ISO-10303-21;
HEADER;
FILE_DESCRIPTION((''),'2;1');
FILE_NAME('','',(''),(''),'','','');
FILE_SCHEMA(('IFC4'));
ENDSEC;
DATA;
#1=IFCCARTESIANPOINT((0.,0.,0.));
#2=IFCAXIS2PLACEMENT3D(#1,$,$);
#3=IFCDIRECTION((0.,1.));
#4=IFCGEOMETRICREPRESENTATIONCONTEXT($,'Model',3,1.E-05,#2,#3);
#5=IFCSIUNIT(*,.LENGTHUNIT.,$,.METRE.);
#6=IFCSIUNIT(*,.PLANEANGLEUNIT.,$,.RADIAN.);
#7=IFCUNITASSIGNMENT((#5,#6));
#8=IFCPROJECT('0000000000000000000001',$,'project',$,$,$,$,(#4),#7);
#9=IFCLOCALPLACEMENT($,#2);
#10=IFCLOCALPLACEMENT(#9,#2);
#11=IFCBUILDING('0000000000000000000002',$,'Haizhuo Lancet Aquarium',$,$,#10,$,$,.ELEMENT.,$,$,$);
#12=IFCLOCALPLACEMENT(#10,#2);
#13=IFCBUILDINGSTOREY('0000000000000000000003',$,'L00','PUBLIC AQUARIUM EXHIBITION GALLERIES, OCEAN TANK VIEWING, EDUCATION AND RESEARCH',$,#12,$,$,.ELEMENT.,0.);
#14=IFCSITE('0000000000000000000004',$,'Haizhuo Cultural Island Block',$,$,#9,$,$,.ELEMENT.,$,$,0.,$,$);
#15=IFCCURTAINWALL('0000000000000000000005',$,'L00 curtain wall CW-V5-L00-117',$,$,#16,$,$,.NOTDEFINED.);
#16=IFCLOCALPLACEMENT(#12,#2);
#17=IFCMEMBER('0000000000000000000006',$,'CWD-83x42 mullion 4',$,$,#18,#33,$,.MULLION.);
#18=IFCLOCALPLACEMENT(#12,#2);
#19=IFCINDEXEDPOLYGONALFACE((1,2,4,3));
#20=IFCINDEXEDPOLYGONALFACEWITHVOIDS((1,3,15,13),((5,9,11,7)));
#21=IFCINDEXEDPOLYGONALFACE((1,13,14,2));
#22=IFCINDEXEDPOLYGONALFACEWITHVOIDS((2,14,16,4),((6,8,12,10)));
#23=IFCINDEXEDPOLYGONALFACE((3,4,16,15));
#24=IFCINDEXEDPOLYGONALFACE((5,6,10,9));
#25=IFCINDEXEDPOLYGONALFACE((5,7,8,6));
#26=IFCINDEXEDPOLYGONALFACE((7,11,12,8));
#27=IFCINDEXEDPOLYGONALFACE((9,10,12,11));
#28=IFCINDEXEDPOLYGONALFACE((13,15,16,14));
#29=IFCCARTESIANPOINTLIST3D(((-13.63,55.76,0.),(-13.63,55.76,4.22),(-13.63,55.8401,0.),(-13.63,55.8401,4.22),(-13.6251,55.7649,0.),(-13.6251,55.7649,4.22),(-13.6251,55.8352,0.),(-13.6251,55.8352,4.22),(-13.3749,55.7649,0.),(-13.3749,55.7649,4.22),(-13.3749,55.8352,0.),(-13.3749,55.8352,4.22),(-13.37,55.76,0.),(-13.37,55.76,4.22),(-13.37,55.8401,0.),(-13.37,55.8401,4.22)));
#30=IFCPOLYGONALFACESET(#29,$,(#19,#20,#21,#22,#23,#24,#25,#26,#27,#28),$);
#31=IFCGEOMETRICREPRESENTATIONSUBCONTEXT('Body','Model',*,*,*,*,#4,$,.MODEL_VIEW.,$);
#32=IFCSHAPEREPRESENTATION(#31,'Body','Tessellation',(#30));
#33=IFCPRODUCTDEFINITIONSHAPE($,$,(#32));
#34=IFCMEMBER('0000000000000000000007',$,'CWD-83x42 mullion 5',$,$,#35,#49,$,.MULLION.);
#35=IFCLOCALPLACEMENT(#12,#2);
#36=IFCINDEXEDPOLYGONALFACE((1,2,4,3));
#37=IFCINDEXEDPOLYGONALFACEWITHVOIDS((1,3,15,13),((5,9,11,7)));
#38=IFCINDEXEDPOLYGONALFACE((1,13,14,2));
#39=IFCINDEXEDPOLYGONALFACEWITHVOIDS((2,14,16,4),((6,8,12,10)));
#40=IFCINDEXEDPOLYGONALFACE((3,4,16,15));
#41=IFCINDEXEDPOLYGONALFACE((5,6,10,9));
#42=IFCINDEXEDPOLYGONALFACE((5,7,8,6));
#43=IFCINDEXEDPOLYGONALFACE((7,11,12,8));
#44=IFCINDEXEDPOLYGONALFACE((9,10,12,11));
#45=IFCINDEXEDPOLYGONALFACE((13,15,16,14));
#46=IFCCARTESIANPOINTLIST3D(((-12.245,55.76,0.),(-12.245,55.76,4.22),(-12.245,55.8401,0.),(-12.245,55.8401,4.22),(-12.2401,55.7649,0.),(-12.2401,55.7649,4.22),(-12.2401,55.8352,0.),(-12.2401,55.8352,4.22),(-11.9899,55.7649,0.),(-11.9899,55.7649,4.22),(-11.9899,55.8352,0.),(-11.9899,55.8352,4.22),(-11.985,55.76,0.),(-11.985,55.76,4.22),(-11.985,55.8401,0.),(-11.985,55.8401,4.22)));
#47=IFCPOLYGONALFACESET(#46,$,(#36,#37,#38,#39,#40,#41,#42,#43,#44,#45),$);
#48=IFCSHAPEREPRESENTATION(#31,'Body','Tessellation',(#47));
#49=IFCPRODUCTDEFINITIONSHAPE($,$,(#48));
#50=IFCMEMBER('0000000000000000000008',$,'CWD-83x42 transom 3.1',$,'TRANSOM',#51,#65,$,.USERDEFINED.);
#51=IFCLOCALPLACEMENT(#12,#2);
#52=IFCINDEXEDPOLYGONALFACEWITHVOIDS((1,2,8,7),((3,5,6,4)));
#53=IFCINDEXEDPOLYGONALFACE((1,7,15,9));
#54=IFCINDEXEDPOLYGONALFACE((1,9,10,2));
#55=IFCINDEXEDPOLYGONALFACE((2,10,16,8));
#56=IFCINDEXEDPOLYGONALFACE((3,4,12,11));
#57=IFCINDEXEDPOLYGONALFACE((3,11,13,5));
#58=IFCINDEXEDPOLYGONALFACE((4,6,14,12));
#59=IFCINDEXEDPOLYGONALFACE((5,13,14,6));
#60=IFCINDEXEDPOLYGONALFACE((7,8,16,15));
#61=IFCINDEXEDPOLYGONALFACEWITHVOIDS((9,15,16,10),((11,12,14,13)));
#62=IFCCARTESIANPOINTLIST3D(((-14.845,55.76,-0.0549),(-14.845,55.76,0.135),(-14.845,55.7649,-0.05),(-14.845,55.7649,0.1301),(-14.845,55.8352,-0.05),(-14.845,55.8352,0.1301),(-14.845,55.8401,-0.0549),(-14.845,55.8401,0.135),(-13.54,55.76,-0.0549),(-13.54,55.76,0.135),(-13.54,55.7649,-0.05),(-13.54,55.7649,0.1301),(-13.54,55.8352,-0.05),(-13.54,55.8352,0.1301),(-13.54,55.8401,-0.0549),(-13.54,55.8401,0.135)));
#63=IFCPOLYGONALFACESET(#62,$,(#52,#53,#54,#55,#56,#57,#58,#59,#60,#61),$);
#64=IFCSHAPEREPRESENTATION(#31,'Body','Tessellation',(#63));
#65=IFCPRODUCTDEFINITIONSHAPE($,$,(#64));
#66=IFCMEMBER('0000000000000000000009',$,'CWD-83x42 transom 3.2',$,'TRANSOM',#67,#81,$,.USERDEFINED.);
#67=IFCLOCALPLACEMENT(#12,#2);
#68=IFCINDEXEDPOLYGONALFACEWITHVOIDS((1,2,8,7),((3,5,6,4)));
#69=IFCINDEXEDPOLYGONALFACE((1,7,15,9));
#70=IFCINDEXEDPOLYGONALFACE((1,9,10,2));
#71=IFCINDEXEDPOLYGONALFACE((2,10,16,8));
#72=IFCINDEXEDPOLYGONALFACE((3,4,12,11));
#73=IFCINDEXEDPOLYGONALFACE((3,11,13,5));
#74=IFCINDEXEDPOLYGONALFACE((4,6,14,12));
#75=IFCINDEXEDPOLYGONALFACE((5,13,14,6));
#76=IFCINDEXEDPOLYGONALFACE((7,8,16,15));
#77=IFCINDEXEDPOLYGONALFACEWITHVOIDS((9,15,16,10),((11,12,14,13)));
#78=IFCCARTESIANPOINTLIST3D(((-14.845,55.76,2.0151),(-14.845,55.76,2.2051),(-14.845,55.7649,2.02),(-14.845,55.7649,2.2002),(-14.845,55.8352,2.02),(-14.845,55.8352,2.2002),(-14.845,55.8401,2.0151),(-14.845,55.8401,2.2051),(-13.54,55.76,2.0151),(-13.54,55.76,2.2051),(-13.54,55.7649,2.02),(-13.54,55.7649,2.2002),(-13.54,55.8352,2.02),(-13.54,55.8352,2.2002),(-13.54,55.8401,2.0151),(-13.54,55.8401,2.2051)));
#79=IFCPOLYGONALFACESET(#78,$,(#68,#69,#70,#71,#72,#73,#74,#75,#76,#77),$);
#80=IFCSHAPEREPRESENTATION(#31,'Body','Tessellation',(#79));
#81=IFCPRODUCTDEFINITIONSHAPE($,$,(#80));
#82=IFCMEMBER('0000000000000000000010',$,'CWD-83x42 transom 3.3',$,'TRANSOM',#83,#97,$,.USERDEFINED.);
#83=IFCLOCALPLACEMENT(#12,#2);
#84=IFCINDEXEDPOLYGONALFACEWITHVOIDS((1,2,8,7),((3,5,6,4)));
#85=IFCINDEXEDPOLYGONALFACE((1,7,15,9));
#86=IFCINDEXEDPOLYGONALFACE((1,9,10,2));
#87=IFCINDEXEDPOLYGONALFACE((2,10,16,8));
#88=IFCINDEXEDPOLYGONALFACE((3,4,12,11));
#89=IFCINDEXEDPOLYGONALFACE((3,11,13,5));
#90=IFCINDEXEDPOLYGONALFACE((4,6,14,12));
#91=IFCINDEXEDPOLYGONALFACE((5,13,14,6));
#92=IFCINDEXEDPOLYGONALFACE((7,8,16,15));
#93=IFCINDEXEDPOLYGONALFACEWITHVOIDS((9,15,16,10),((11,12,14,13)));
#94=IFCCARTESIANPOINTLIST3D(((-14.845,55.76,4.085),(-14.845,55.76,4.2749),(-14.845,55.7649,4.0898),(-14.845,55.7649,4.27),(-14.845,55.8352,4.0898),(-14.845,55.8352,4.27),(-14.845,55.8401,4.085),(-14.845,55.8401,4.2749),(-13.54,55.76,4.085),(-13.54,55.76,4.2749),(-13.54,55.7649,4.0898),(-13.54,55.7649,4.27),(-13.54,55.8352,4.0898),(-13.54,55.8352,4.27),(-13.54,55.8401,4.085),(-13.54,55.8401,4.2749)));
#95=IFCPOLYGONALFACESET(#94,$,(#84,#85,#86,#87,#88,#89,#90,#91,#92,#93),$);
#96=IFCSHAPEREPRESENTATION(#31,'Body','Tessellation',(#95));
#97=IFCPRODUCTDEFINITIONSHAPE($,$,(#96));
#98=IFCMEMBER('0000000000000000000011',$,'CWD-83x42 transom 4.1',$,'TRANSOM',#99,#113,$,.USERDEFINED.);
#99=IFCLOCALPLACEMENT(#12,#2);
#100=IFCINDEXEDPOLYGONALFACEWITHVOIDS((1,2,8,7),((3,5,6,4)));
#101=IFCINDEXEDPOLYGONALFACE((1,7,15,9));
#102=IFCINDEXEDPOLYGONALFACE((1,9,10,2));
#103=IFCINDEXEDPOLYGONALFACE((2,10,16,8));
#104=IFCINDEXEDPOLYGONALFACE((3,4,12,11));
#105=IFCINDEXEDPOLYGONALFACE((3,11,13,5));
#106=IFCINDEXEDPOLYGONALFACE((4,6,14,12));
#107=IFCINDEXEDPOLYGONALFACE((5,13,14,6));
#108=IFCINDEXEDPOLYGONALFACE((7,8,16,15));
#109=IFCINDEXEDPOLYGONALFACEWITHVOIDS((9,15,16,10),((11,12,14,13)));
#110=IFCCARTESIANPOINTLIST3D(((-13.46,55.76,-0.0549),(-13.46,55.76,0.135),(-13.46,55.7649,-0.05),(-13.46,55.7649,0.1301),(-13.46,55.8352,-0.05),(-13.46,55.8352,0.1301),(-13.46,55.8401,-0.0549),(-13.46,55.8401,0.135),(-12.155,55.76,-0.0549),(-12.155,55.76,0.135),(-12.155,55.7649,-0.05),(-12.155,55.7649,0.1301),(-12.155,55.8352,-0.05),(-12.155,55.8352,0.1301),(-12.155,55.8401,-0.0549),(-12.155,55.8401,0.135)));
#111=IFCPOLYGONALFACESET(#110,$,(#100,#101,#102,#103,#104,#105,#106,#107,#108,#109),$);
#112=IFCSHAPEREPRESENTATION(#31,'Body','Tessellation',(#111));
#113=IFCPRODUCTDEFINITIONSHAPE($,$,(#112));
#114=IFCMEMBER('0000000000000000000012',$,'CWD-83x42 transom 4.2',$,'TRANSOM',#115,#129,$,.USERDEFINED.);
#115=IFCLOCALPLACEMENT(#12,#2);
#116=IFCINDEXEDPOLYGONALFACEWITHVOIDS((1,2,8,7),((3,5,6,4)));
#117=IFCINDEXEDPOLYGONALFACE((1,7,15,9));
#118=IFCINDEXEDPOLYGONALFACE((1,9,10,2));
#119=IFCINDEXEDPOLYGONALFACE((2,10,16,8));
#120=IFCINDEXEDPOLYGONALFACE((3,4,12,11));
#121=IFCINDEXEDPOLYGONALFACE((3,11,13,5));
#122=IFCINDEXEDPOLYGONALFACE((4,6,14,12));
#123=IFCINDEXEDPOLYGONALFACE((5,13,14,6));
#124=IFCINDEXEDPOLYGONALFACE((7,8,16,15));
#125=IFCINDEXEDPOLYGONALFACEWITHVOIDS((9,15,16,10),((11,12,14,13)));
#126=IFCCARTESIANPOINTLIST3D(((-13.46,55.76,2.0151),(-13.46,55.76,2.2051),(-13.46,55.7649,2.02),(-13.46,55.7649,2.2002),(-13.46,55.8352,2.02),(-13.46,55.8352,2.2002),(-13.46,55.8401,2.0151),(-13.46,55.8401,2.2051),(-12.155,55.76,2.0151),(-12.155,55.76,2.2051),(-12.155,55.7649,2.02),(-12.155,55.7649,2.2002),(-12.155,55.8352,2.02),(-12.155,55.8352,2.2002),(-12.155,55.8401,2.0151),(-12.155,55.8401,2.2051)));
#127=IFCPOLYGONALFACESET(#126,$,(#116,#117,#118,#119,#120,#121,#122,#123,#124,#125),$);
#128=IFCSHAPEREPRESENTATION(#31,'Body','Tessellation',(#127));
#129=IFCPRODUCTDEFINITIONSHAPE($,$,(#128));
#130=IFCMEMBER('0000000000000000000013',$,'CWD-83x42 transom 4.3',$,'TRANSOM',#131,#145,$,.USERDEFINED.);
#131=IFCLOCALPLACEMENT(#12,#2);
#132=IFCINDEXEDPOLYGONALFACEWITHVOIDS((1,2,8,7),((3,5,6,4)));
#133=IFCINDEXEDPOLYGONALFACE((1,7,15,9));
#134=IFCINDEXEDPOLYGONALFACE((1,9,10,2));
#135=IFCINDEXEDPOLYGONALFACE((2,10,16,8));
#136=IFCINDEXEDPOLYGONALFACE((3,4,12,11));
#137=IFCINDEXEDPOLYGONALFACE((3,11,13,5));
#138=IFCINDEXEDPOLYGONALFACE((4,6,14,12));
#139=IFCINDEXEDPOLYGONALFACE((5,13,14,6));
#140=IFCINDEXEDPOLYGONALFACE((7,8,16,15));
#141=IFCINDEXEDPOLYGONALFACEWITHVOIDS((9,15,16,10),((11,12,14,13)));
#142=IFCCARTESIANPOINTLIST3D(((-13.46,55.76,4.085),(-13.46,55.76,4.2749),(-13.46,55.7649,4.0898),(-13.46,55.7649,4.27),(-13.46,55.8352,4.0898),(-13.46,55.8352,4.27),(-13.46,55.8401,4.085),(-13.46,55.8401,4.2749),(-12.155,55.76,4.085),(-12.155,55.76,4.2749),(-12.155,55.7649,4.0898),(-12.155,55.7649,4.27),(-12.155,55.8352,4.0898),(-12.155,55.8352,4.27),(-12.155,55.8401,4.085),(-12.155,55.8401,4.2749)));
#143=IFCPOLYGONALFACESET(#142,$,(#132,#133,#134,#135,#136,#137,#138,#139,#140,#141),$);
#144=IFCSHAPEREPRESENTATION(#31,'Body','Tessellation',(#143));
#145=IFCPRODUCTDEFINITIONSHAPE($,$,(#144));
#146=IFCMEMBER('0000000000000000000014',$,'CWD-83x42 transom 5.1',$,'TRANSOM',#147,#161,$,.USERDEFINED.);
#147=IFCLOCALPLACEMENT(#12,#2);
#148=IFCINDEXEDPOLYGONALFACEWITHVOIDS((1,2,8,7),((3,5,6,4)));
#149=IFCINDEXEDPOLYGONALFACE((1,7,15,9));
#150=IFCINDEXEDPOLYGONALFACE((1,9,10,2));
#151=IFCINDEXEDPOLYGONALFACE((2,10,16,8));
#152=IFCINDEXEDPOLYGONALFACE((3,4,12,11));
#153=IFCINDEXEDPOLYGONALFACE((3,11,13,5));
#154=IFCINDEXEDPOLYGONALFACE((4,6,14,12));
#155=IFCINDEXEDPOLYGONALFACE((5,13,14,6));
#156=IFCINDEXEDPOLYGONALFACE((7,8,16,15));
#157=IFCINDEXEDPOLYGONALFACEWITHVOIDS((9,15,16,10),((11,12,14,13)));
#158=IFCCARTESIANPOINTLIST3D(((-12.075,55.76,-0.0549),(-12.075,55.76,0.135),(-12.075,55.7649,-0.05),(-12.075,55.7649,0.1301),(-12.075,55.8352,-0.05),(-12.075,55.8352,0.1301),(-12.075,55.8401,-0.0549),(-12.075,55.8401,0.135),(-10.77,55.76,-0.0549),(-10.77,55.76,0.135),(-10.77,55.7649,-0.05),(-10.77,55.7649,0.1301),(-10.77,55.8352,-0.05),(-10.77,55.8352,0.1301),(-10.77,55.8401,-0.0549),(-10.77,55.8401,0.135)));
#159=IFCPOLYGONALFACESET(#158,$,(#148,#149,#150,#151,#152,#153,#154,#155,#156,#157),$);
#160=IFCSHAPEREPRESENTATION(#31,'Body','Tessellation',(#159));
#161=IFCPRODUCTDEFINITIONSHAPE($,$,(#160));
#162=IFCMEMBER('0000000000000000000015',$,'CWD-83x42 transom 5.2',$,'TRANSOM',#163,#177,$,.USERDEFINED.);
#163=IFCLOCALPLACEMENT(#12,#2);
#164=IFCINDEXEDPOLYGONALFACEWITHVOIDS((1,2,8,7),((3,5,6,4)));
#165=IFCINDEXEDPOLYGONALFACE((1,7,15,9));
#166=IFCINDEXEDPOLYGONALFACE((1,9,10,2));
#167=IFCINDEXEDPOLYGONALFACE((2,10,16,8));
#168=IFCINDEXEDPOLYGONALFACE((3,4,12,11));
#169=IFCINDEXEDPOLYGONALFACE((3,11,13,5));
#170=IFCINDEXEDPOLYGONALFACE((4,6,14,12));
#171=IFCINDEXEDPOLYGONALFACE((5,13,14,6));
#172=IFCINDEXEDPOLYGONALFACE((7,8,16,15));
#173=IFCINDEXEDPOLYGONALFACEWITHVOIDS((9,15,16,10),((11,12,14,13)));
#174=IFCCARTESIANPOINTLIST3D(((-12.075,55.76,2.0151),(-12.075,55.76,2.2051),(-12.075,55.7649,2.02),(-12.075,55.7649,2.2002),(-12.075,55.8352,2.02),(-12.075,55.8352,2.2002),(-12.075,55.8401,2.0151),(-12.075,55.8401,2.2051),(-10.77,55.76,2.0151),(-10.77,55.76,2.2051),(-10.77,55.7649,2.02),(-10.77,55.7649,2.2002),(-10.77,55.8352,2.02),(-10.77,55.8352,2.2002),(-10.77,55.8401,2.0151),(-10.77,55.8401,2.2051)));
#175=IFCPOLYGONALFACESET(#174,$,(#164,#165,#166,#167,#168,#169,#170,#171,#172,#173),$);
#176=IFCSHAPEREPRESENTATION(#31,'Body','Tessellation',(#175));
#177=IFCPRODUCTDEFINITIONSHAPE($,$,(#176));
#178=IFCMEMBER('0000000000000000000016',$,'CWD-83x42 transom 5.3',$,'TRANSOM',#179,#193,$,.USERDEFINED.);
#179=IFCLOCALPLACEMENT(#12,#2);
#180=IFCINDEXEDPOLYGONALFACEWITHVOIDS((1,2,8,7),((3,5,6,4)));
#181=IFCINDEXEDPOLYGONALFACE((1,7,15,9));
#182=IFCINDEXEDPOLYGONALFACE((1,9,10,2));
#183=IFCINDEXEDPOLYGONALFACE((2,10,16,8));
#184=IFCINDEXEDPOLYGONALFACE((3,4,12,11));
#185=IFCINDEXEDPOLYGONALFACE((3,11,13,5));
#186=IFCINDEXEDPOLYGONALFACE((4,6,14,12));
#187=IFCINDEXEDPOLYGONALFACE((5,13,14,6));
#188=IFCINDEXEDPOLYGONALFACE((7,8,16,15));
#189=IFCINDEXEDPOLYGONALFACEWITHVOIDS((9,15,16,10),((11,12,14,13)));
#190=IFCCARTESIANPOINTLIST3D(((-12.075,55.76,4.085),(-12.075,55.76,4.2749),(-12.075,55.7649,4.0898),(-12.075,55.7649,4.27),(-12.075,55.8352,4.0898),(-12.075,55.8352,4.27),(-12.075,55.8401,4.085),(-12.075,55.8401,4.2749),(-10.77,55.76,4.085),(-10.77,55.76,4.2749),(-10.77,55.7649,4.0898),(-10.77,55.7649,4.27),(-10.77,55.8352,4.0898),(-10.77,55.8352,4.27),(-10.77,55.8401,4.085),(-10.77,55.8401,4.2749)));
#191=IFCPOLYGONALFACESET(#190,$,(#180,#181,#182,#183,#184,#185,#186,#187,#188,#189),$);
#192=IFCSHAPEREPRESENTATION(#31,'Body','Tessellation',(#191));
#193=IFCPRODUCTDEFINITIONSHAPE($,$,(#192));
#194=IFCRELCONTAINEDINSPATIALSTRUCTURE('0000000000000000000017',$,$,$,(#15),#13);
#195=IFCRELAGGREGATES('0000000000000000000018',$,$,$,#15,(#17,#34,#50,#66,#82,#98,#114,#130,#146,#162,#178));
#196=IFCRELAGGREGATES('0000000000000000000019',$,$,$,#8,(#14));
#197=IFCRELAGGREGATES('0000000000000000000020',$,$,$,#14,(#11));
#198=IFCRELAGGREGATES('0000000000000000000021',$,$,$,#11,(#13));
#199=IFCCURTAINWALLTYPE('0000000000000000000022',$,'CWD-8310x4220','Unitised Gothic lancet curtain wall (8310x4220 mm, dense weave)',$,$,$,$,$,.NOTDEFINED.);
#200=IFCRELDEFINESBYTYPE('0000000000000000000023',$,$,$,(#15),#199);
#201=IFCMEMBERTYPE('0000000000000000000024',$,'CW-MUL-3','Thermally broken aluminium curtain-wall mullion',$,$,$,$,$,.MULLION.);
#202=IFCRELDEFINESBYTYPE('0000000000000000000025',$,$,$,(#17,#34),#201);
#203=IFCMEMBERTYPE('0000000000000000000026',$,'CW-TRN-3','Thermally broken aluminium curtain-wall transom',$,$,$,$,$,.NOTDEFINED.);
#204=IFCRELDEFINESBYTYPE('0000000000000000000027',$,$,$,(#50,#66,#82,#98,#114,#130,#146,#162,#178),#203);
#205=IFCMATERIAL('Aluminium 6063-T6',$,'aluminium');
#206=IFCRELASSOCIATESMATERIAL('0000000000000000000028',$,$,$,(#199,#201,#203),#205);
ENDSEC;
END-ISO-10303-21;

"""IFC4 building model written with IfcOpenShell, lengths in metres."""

from ifc_helpers import new_model, si_unit, direction, frame, origin, origin_2d, place, context, subcontext, project, spatial, hollow_rectangle, extrude, material, material_profile, profile_set, type_object, element, aggregate, save


model = new_model("IFC4")

# Units and contexts
model_context = context("Model", 3, precision=1e-05, world=origin(), true_north=direction((0.0, 1.0)))
body_context = subcontext(model_context, "Body", "Model", "MODEL_VIEW")
ifc_project = project(units=[si_unit("LENGTHUNIT", "METRE"), si_unit("PLANEANGLEUNIT", "RADIAN")], contexts=[model_context])

# Site, building, storey
site_placement = place(None, origin())
site = spatial("IfcSite", under=ifc_project, at=site_placement, Name="Haizhuo Cultural Island Block", CompositionType="ELEMENT", RefElevation=0.0)
building_placement = place(site_placement, origin())
building = spatial("IfcBuilding", under=site, at=building_placement, Name="Haizhuo Lancet Aquarium", CompositionType="ELEMENT")
storey_placement = place(building_placement, origin())
storey = spatial("IfcBuildingStorey", under=building, at=storey_placement, Name="L00", Description="PUBLIC AQUARIUM EXHIBITION GALLERIES, OCEAN TANK VIEWING, EDUCATION AND RESEARCH", CompositionType="ELEMENT", Elevation=0.0)

# Curtain wall, members
ifc_material_1 = material(Name="Aluminium 6063-T6", Category="aluminium")
curtain_wall_type = type_object("IfcCurtainWallType", Name="CWD-8310x4220", Description="Unitised Gothic lancet curtain wall (8310x4220 mm, dense weave)", PredefinedType="NOTDEFINED", material=ifc_material_1)
curtain_wall_placement = place(storey_placement, origin())
curtain_wall = element("IfcCurtainWall", 1, at=curtain_wall_placement, inside=storey, type_object=curtain_wall_type, Name="L00 curtain wall CW-V5-L00-117", PredefinedType="NOTDEFINED")
ifc_material_profile_1 = material_profile(ifc_material_1, hollow_rectangle(XDim=0.0801, YDim=0.26, WallThickness=0.0049, at=origin_2d()), Name="ALU-M 80x260x5")
ifc_profile_set_1 = profile_set([ifc_material_profile_1], Name="Aluminium 6063-T6")
member_type_1 = type_object("IfcMemberType", Name="CW-MUL-3", Description="Thermally broken aluminium curtain-wall mullion", PredefinedType="MULLION", material=ifc_profile_set_1)
member_1_placement = place(storey_placement, frame((-13.5, 55.8, 0.0), z_axis=(0.0, 0.0, 1.0), x_axis=(0.0, 1.0, 0.0)))
member_1 = element("IfcMember", 2, at=member_1_placement, type_object=member_type_1, Name="CWD-83x42 mullion 4", PredefinedType="MULLION", context=body_context, shape_type="SweptSolid", body=[
    extrude(hollow_rectangle(XDim=0.0801, YDim=0.26, WallThickness=0.0049, at=origin_2d()), origin(), (0.0, 0.0, 1.0), 4.22),
])
member_2_placement = place(storey_placement, frame((-12.115, 55.8, 0.0), z_axis=(0.0, 0.0, 1.0), x_axis=(0.0, 1.0, 0.0)))
member_2 = element("IfcMember", 3, at=member_2_placement, type_object=member_type_1, Name="CWD-83x42 mullion 5", PredefinedType="MULLION", context=body_context, shape_type="SweptSolid", body=[
    extrude(hollow_rectangle(XDim=0.0801, YDim=0.26, WallThickness=0.0049, at=origin_2d()), origin(), (0.0, 0.0, 1.0), 4.22),
])
ifc_material_profile_2 = material_profile(ifc_material_1, hollow_rectangle(XDim=0.0801, YDim=0.1899, WallThickness=0.0049, at=origin_2d()), Name="ALU-T 80x190x5")
ifc_profile_set_2 = profile_set([ifc_material_profile_2], Name="Aluminium 6063-T6")
member_type_2 = type_object("IfcMemberType", Name="CW-TRN-3", Description="Thermally broken aluminium curtain-wall transom", PredefinedType="NOTDEFINED", material=ifc_profile_set_2)
member_3_placement = place(storey_placement, frame((-14.845, 55.8, 0.04), z_axis=(1.0, 0.0, 0.0), x_axis=(0.0, 1.0, 0.0)))
member_3 = element("IfcMember", 4, at=member_3_placement, type_object=member_type_2, Name="CWD-83x42 transom 3.1", ObjectType="TRANSOM", PredefinedType="USERDEFINED", context=body_context, shape_type="SweptSolid", body=[
    extrude(hollow_rectangle(XDim=0.0801, YDim=0.1899, WallThickness=0.0049, at=origin_2d()), origin(), (0.0, 0.0, 1.0), 1.3049),
])
member_4_placement = place(storey_placement, frame((-14.845, 55.8, 2.1101), z_axis=(1.0, 0.0, 0.0), x_axis=(0.0, 1.0, 0.0)))
member_4 = element("IfcMember", 5, at=member_4_placement, type_object=member_type_2, Name="CWD-83x42 transom 3.2", ObjectType="TRANSOM", PredefinedType="USERDEFINED", context=body_context, shape_type="SweptSolid", body=[
    extrude(hollow_rectangle(XDim=0.0801, YDim=0.1899, WallThickness=0.0049, at=origin_2d()), origin(), (0.0, 0.0, 1.0), 1.3049),
])
member_5_placement = place(storey_placement, frame((-14.845, 55.8, 4.1799), z_axis=(1.0, 0.0, 0.0), x_axis=(0.0, 1.0, 0.0)))
member_5 = element("IfcMember", 6, at=member_5_placement, type_object=member_type_2, Name="CWD-83x42 transom 3.3", ObjectType="TRANSOM", PredefinedType="USERDEFINED", context=body_context, shape_type="SweptSolid", body=[
    extrude(hollow_rectangle(XDim=0.0801, YDim=0.1899, WallThickness=0.0049, at=origin_2d()), origin(), (0.0, 0.0, 1.0), 1.3049),
])
member_6_placement = place(storey_placement, frame((-13.46, 55.8, 0.04), z_axis=(1.0, 0.0, 0.0), x_axis=(0.0, 1.0, 0.0)))
member_6 = element("IfcMember", 7, at=member_6_placement, type_object=member_type_2, Name="CWD-83x42 transom 4.1", ObjectType="TRANSOM", PredefinedType="USERDEFINED", context=body_context, shape_type="SweptSolid", body=[
    extrude(hollow_rectangle(XDim=0.0801, YDim=0.1899, WallThickness=0.0049, at=origin_2d()), origin(), (0.0, 0.0, 1.0), 1.3049),
])
member_7_placement = place(storey_placement, frame((-13.46, 55.8, 2.1101), z_axis=(1.0, 0.0, 0.0), x_axis=(0.0, 1.0, 0.0)))
member_7 = element("IfcMember", 8, at=member_7_placement, type_object=member_type_2, Name="CWD-83x42 transom 4.2", ObjectType="TRANSOM", PredefinedType="USERDEFINED", context=body_context, shape_type="SweptSolid", body=[
    extrude(hollow_rectangle(XDim=0.0801, YDim=0.1899, WallThickness=0.0049, at=origin_2d()), origin(), (0.0, 0.0, 1.0), 1.3049),
])
member_8_placement = place(storey_placement, frame((-13.46, 55.8, 4.1799), z_axis=(1.0, 0.0, 0.0), x_axis=(0.0, 1.0, 0.0)))
member_8 = element("IfcMember", 9, at=member_8_placement, type_object=member_type_2, Name="CWD-83x42 transom 4.3", ObjectType="TRANSOM", PredefinedType="USERDEFINED", context=body_context, shape_type="SweptSolid", body=[
    extrude(hollow_rectangle(XDim=0.0801, YDim=0.1899, WallThickness=0.0049, at=origin_2d()), origin(), (0.0, 0.0, 1.0), 1.3049),
])
member_9_placement = place(storey_placement, frame((-12.075, 55.8, 0.04), z_axis=(1.0, 0.0, 0.0), x_axis=(0.0, 1.0, 0.0)))
member_9 = element("IfcMember", 10, at=member_9_placement, type_object=member_type_2, Name="CWD-83x42 transom 5.1", ObjectType="TRANSOM", PredefinedType="USERDEFINED", context=body_context, shape_type="SweptSolid", body=[
    extrude(hollow_rectangle(XDim=0.0801, YDim=0.1899, WallThickness=0.0049, at=origin_2d()), origin(), (0.0, 0.0, 1.0), 1.3049),
])
member_10_placement = place(storey_placement, frame((-12.075, 55.8, 2.1101), z_axis=(1.0, 0.0, 0.0), x_axis=(0.0, 1.0, 0.0)))
member_10 = element("IfcMember", 11, at=member_10_placement, type_object=member_type_2, Name="CWD-83x42 transom 5.2", ObjectType="TRANSOM", PredefinedType="USERDEFINED", context=body_context, shape_type="SweptSolid", body=[
    extrude(hollow_rectangle(XDim=0.0801, YDim=0.1899, WallThickness=0.0049, at=origin_2d()), origin(), (0.0, 0.0, 1.0), 1.3049),
])
member_11_placement = place(storey_placement, frame((-12.075, 55.8, 4.1799), z_axis=(1.0, 0.0, 0.0), x_axis=(0.0, 1.0, 0.0)))
member_11 = element("IfcMember", 12, at=member_11_placement, type_object=member_type_2, Name="CWD-83x42 transom 5.3", ObjectType="TRANSOM", PredefinedType="USERDEFINED", context=body_context, shape_type="SweptSolid", body=[
    extrude(hollow_rectangle(XDim=0.0801, YDim=0.1899, WallThickness=0.0049, at=origin_2d()), origin(), (0.0, 0.0, 1.0), 1.3049),
])

aggregate(curtain_wall, [member_1, member_2, member_3, member_4, member_5, member_6, member_7, member_8, member_9, member_10, member_11])

save(model, "model.ifc")
